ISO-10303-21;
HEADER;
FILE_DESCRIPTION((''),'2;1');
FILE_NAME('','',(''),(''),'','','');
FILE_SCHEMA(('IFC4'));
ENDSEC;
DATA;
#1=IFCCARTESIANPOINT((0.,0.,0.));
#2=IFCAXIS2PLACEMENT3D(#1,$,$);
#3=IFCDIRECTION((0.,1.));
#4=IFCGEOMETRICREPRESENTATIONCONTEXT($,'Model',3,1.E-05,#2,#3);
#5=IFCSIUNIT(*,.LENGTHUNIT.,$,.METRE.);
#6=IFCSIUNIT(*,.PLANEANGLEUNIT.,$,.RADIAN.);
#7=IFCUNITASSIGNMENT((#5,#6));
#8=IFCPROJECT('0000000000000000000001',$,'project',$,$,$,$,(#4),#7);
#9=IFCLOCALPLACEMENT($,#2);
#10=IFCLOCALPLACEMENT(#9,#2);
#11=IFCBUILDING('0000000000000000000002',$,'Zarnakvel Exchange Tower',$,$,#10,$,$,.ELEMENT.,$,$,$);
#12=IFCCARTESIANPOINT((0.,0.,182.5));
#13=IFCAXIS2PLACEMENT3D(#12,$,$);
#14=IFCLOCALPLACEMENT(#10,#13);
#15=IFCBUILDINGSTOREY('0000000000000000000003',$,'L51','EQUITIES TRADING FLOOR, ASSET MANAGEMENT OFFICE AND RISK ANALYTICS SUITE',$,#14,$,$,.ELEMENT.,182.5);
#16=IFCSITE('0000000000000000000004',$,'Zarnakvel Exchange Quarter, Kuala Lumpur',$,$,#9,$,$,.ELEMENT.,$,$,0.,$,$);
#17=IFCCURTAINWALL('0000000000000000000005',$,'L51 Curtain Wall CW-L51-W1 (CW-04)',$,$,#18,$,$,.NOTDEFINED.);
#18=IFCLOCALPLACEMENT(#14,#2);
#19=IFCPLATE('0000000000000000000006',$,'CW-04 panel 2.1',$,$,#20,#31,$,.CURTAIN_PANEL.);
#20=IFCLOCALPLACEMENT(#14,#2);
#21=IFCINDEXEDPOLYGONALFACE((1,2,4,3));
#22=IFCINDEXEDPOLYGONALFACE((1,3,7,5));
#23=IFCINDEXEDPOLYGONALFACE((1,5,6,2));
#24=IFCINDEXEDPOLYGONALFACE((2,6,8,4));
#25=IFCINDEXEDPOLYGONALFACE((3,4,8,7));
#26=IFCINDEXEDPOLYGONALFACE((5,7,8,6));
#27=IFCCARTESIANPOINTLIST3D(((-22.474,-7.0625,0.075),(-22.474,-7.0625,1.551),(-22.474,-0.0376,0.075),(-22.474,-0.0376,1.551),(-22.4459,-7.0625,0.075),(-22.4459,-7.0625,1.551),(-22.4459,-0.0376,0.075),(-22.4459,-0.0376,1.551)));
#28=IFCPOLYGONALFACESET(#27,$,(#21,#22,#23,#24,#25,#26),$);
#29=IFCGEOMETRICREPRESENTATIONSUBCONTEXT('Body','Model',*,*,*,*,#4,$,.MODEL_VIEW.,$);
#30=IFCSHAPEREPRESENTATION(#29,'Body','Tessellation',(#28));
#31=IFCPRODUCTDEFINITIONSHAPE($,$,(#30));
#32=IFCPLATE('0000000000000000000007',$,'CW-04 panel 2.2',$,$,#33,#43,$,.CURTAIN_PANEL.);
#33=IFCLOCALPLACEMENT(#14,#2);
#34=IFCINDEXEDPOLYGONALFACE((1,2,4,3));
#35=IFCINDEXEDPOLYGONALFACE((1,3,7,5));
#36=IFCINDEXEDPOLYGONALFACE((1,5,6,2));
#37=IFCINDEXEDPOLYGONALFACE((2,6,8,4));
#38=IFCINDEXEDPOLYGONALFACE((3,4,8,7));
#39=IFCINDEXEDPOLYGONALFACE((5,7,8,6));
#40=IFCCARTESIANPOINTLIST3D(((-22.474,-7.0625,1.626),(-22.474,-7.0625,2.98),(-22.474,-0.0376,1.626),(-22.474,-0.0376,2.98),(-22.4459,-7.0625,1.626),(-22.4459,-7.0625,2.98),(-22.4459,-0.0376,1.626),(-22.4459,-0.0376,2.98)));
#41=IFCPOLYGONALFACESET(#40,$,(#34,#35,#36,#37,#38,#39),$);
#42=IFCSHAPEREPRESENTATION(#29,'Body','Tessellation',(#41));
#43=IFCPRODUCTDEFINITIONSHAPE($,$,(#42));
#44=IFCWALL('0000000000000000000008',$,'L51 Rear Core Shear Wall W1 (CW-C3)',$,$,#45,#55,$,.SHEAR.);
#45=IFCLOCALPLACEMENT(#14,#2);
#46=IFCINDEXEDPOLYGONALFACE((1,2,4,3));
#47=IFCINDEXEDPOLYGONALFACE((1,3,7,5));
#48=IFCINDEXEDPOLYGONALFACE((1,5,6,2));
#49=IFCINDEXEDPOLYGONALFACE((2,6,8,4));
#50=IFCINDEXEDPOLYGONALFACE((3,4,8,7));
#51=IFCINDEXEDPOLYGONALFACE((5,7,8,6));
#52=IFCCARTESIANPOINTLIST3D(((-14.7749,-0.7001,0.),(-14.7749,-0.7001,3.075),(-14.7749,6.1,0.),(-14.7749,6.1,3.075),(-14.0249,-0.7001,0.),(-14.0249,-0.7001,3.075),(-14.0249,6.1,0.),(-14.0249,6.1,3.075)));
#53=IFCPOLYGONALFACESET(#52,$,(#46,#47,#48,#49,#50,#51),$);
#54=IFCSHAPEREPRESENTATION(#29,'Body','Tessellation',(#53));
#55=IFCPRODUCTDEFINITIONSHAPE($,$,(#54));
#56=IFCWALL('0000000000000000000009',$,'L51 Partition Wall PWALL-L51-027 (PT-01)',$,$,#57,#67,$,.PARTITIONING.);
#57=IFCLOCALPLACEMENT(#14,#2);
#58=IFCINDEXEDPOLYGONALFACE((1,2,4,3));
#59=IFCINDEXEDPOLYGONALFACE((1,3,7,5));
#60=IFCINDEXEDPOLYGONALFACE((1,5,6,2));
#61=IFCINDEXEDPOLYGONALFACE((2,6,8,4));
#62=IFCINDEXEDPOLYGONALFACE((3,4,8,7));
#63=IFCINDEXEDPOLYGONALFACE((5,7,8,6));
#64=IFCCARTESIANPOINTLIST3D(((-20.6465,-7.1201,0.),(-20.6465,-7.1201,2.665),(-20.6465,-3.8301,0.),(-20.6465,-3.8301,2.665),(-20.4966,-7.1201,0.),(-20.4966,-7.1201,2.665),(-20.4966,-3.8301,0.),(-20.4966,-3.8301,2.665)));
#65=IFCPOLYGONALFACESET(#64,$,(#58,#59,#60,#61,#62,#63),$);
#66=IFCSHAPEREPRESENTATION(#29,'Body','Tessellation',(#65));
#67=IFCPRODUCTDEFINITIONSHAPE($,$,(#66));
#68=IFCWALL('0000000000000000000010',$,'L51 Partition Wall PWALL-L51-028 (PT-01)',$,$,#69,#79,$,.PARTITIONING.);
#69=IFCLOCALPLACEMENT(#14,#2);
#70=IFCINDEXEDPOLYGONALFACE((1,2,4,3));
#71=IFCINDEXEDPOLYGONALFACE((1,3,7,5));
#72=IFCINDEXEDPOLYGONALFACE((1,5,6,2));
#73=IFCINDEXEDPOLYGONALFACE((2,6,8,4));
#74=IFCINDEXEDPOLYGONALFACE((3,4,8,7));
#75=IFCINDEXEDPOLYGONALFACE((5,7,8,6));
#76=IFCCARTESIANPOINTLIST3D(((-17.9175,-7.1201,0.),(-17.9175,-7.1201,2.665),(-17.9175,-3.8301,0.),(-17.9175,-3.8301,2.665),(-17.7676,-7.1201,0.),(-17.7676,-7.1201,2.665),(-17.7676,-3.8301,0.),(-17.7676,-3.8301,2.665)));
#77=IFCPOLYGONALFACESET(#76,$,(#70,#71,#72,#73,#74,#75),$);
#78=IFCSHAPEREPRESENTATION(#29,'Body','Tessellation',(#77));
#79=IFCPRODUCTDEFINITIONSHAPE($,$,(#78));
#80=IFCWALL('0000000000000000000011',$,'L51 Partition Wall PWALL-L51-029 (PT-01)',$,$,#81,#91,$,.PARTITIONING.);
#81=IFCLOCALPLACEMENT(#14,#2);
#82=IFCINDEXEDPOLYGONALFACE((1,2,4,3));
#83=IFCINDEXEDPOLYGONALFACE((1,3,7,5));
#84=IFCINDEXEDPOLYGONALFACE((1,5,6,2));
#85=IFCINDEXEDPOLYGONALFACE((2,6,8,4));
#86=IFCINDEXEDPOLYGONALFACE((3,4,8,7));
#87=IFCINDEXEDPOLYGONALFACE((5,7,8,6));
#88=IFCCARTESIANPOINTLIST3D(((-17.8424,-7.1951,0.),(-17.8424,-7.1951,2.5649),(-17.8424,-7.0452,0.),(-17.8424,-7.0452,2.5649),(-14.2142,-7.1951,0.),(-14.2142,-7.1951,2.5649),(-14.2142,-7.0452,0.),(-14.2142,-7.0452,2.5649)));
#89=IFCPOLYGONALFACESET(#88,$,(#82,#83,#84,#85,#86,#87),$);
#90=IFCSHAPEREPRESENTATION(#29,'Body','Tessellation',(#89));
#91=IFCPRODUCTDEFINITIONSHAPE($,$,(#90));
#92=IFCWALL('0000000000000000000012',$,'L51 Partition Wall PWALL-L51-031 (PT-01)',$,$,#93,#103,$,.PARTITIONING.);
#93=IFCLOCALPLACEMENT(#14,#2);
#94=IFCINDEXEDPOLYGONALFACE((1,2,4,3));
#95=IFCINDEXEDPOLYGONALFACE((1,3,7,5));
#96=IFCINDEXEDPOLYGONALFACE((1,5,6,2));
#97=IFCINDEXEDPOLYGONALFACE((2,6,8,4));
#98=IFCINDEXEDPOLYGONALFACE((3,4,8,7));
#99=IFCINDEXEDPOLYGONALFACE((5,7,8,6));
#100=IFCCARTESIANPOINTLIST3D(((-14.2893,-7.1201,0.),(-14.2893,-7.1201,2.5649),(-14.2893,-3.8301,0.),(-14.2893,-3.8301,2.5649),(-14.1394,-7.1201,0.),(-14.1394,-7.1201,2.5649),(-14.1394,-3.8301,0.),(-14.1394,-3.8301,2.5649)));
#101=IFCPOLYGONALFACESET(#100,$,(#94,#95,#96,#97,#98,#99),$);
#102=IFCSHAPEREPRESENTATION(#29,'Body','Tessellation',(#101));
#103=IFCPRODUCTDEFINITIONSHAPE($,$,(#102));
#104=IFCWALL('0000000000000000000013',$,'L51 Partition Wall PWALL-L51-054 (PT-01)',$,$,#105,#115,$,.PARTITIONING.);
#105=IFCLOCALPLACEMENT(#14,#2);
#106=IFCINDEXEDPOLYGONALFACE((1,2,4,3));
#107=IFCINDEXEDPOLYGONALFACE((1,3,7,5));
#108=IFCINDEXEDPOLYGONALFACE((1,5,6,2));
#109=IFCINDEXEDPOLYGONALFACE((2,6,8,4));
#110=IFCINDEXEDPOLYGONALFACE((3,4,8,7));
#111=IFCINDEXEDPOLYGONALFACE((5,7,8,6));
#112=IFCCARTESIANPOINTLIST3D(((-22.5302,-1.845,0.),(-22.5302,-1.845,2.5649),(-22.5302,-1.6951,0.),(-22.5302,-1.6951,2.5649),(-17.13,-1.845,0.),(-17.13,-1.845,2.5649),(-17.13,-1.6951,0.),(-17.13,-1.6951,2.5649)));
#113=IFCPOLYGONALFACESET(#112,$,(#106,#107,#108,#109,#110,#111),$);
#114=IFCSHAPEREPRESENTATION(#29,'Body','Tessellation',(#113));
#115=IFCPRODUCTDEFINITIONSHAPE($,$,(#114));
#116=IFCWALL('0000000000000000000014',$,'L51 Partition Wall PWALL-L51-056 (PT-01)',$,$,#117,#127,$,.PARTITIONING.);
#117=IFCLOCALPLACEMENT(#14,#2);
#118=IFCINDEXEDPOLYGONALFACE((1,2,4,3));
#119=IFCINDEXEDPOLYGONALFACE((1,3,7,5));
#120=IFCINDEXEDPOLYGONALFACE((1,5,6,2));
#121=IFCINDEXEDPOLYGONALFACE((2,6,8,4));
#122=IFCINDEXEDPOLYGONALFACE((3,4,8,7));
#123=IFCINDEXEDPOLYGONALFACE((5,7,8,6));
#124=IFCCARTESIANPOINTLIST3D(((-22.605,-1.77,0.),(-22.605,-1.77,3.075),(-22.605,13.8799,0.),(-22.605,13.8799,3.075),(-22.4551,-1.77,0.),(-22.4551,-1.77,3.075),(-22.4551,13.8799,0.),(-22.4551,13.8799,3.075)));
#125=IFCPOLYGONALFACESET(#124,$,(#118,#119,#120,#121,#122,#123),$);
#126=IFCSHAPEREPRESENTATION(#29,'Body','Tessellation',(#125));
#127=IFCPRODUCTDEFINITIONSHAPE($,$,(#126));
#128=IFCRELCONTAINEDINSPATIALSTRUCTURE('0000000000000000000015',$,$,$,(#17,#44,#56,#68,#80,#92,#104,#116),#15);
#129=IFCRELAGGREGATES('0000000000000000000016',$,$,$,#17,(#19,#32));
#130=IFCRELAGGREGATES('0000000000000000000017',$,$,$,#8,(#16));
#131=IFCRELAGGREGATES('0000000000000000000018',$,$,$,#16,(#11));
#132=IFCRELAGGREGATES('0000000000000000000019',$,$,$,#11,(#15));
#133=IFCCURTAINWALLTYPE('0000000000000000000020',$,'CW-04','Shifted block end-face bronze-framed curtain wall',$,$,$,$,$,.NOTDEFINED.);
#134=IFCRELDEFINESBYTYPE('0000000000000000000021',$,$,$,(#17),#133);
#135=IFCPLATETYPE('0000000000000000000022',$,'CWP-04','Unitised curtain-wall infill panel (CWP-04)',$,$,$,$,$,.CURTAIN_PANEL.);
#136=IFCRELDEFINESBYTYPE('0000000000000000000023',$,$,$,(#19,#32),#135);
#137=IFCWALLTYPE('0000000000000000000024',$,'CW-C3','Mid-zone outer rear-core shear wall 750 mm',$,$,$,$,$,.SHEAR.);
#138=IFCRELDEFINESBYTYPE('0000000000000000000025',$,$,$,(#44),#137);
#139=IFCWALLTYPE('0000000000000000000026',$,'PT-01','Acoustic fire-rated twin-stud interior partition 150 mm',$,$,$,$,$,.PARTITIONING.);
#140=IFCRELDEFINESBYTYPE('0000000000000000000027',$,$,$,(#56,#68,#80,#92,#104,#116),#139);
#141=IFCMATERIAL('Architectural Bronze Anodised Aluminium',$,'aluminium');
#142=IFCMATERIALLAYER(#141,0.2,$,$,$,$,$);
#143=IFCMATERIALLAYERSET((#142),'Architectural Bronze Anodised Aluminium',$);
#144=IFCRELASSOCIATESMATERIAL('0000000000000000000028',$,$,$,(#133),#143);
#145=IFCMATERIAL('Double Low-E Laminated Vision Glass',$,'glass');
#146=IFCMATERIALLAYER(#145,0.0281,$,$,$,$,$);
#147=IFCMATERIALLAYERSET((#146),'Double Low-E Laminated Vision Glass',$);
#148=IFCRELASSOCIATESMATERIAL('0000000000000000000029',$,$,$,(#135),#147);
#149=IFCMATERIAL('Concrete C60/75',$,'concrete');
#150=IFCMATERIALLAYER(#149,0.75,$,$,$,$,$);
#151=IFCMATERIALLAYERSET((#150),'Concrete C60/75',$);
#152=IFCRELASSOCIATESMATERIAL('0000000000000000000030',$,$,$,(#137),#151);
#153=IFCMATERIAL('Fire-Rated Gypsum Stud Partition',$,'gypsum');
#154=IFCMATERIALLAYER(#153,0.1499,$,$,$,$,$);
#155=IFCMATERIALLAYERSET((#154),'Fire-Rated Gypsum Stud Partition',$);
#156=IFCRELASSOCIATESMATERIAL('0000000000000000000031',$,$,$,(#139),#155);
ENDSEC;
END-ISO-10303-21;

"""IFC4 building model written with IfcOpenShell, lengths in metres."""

from ifc_helpers import new_model, si_unit, direction, frame, frame_2d, origin, origin_2d, place, context, subcontext, project, spatial, rectangle, extrude, source, transform, mapped, material, layer, layer_set, type_object, element, aggregate, save


model = new_model("IFC4")

# Units and contexts
model_context = context("Model", 3, precision=1e-05, world=origin(), true_north=direction((0.0, 1.0)))
body_context = subcontext(model_context, "Body", "Model", "MODEL_VIEW")
ifc_project = project(units=[si_unit("LENGTHUNIT", "METRE"), si_unit("PLANEANGLEUNIT", "RADIAN")], contexts=[model_context])

# Site, building, storey
site_placement = place(None, origin())
site = spatial("IfcSite", under=ifc_project, at=site_placement, Name="Zarnakvel Exchange Quarter, Kuala Lumpur", CompositionType="ELEMENT", RefElevation=0.0)
building_placement = place(site_placement, origin())
building = spatial("IfcBuilding", under=site, at=building_placement, Name="Zarnakvel Exchange Tower", CompositionType="ELEMENT")
storey_placement = place(building_placement, frame((0.0, 0.0, 182.5)))
storey = spatial("IfcBuildingStorey", under=building, at=storey_placement, Name="L51", Description="EQUITIES TRADING FLOOR, ASSET MANAGEMENT OFFICE AND RISK ANALYTICS SUITE", CompositionType="ELEMENT", Elevation=182.5)

# Shared definitions
ifc_material_1 = material(Name="Concrete C60/75", Category="concrete")

# Curtain wall, plates
ifc_material_2 = material(Name="Architectural Bronze Anodised Aluminium", Category="aluminium")
ifc_layer_1 = layer(ifc_material_2, 0.2)
ifc_layer_set_1 = layer_set([ifc_layer_1], Name="Architectural Bronze Anodised Aluminium")
curtain_wall_type = type_object("IfcCurtainWallType", Name="CW-04", Description="Shifted block end-face bronze-framed curtain wall", PredefinedType="NOTDEFINED", material=ifc_layer_set_1)
curtain_wall_placement = place(storey_placement, origin())
curtain_wall = element("IfcCurtainWall", 1, at=curtain_wall_placement, inside=storey, type_object=curtain_wall_type, Name="L51 Curtain Wall CW-L51-W1 (CW-04)", PredefinedType="NOTDEFINED")
ifc_material_3 = material(Name="Double Low-E Laminated Vision Glass", Category="glass")
ifc_layer_2 = layer(ifc_material_3, 0.0281)
ifc_layer_set_2 = layer_set([ifc_layer_2], Name="Double Low-E Laminated Vision Glass")
plate_type = type_object("IfcPlateType", Name="CWP-04", Description="Unitised curtain-wall infill panel (CWP-04)", PredefinedType="CURTAIN_PANEL", material=ifc_layer_set_2)
shared_shape_1 = source(origin(), body_context, "Body", "SweptSolid", [
    extrude(rectangle(XDim=7.0249, YDim=0.0281, at=origin_2d()), origin(), (0.0, 0.0, 1.0), 1.4761),
])
plate_1_placement = place(storey_placement, frame((-22.46, -3.55, 0.075), z_axis=(0.0, 0.0, 1.0), x_axis=(0.0, 1.0, 0.0)))
plate_1 = element("IfcPlate", 2, at=plate_1_placement, type_object=plate_type, Name="CW-04 panel 2.1", PredefinedType="CURTAIN_PANEL", context=body_context, shape_type="MappedRepresentation", body=[
    mapped(shared_shape_1, transform((0.0, 0.0, 0.0), x_axis=(1.0, 0.0, 0.0), y_axis=(0.0, 1.0, 0.0), z_axis=(0.0, 0.0, 1.0), scale=1.0)),
])
shared_shape_2 = source(origin(), body_context, "Body", "SweptSolid", [
    extrude(rectangle(XDim=7.0249, YDim=0.0281, at=origin_2d()), origin(), (0.0, 0.0, 1.0), 1.354),
])
plate_2_placement = place(storey_placement, frame((-22.46, -3.55, 1.626), z_axis=(0.0, 0.0, 1.0), x_axis=(0.0, 1.0, 0.0)))
plate_2 = element("IfcPlate", 3, at=plate_2_placement, type_object=plate_type, Name="CW-04 panel 2.2", PredefinedType="CURTAIN_PANEL", context=body_context, shape_type="MappedRepresentation", body=[
    mapped(shared_shape_2, transform((0.0, 0.0, 0.0), x_axis=(1.0, 0.0, 0.0), y_axis=(0.0, 1.0, 0.0), z_axis=(0.0, 0.0, 1.0), scale=1.0)),
])
aggregate(curtain_wall, [plate_1, plate_2])

# Wall
ifc_layer_3 = layer(ifc_material_1, 0.75)
ifc_layer_set_3 = layer_set([ifc_layer_3], Name="Concrete C60/75")
wall_type_1 = type_object("IfcWallType", Name="CW-C3", Description="Mid-zone outer rear-core shear wall 750 mm", PredefinedType="SHEAR", material=ifc_layer_set_3)
wall_1_placement = place(storey_placement, frame((-14.3999, -0.7, 0.0), z_axis=(0.0, 0.0, 1.0), x_axis=(0.0, 1.0, 0.0)))
element("IfcWall", 4, at=wall_1_placement, inside=storey, type_object=wall_type_1, Name="L51 Rear Core Shear Wall W1 (CW-C3)", PredefinedType="SHEAR", context=body_context, shape_type="SweptSolid", body=[
    extrude(rectangle(XDim=6.8, YDim=0.75, at=frame_2d((3.3999, 0.0))), origin(), (0.0, 0.0, 1.0), 3.075),
])

# Shared definitions
ifc_material_4 = material(Name="Fire-Rated Gypsum Stud Partition", Category="gypsum")
ifc_layer_4 = layer(ifc_material_4, 0.1499)
ifc_layer_set_4 = layer_set([ifc_layer_4], Name="Fire-Rated Gypsum Stud Partition")
wall_type_2 = type_object("IfcWallType", Name="PT-01", Description="Acoustic fire-rated twin-stud interior partition 150 mm", PredefinedType="PARTITIONING", material=ifc_layer_set_4)

# Walls
for number, where, z_axis, x_axis, name in (
    (5, (-20.5715, -7.1201, 0.0), (0.0, 0.0, 1.0), (0.0, 1.0, 0.0), "L51 Partition Wall PWALL-L51-027 (PT-01)"),
    (6, (-17.8425, -3.8301, 0.0), (0.0, 0.0, 1.0), (0.0, -1.0, 0.0), "L51 Partition Wall PWALL-L51-028 (PT-01)"),
):
    element("IfcWall", number, at=place(storey_placement, frame(where, z_axis=z_axis, x_axis=x_axis)), inside=storey, type_object=wall_type_2, Name=name, PredefinedType="PARTITIONING", context=body_context, shape_type="SweptSolid", body=[
        extrude(rectangle(XDim=3.29, YDim=0.1499, at=frame_2d((1.645, 0.0))), origin(), (0.0, 0.0, 1.0), 2.665),
    ])
wall_2_placement = place(storey_placement, frame((-14.2144, -7.1201, 0.0), z_axis=(0.0, 0.0, 1.0), x_axis=(-1.0, 0.0, 0.0)))
element("IfcWall", 7, at=wall_2_placement, inside=storey, type_object=wall_type_2, Name="L51 Partition Wall PWALL-L51-029 (PT-01)", PredefinedType="PARTITIONING", context=body_context, shape_type="SweptSolid", body=[
    extrude(rectangle(XDim=3.6282, YDim=0.1499, at=frame_2d((1.814, 0.0))), origin(), (0.0, 0.0, 1.0), 2.5649),
])

# Walls
wall_3_placement = place(storey_placement, frame((-14.2144, -3.8301, 0.0), z_axis=(0.0, 0.0, 1.0), x_axis=(0.0, -1.0, 0.0)))
element("IfcWall", 8, at=wall_3_placement, inside=storey, type_object=wall_type_2, Name="L51 Partition Wall PWALL-L51-031 (PT-01)", PredefinedType="PARTITIONING", context=body_context, shape_type="SweptSolid", body=[
    extrude(rectangle(XDim=3.29, YDim=0.1499, at=frame_2d((1.645, 0.0))), origin(), (0.0, 0.0, 1.0), 2.5649),
])
wall_4_placement = place(storey_placement, frame((-17.1299, -1.77, 0.0), z_axis=(0.0, 0.0, 1.0), x_axis=(-1.0, 0.0, 0.0)))
element("IfcWall", 9, at=wall_4_placement, inside=storey, type_object=wall_type_2, Name="L51 Partition Wall PWALL-L51-054 (PT-01)", PredefinedType="PARTITIONING", context=body_context, shape_type="SweptSolid", body=[
    extrude(rectangle(XDim=5.4001, YDim=0.1499, at=frame_2d((2.7002, 0.0))), origin(), (0.0, 0.0, 1.0), 2.5649),
])
wall_5_placement = place(storey_placement, frame((-22.53, -1.77, 0.0), z_axis=(0.0, 0.0, 1.0), x_axis=(0.0, 1.0, 0.0)))
element("IfcWall", 10, at=wall_5_placement, inside=storey, type_object=wall_type_2, Name="L51 Partition Wall PWALL-L51-056 (PT-01)", PredefinedType="PARTITIONING", context=body_context, shape_type="SweptSolid", body=[
    extrude(rectangle(XDim=15.6499, YDim=0.1499, at=frame_2d((7.825, 0.0))), origin(), (0.0, 0.0, 1.0), 3.075),
])

save(model, "model.ifc")
